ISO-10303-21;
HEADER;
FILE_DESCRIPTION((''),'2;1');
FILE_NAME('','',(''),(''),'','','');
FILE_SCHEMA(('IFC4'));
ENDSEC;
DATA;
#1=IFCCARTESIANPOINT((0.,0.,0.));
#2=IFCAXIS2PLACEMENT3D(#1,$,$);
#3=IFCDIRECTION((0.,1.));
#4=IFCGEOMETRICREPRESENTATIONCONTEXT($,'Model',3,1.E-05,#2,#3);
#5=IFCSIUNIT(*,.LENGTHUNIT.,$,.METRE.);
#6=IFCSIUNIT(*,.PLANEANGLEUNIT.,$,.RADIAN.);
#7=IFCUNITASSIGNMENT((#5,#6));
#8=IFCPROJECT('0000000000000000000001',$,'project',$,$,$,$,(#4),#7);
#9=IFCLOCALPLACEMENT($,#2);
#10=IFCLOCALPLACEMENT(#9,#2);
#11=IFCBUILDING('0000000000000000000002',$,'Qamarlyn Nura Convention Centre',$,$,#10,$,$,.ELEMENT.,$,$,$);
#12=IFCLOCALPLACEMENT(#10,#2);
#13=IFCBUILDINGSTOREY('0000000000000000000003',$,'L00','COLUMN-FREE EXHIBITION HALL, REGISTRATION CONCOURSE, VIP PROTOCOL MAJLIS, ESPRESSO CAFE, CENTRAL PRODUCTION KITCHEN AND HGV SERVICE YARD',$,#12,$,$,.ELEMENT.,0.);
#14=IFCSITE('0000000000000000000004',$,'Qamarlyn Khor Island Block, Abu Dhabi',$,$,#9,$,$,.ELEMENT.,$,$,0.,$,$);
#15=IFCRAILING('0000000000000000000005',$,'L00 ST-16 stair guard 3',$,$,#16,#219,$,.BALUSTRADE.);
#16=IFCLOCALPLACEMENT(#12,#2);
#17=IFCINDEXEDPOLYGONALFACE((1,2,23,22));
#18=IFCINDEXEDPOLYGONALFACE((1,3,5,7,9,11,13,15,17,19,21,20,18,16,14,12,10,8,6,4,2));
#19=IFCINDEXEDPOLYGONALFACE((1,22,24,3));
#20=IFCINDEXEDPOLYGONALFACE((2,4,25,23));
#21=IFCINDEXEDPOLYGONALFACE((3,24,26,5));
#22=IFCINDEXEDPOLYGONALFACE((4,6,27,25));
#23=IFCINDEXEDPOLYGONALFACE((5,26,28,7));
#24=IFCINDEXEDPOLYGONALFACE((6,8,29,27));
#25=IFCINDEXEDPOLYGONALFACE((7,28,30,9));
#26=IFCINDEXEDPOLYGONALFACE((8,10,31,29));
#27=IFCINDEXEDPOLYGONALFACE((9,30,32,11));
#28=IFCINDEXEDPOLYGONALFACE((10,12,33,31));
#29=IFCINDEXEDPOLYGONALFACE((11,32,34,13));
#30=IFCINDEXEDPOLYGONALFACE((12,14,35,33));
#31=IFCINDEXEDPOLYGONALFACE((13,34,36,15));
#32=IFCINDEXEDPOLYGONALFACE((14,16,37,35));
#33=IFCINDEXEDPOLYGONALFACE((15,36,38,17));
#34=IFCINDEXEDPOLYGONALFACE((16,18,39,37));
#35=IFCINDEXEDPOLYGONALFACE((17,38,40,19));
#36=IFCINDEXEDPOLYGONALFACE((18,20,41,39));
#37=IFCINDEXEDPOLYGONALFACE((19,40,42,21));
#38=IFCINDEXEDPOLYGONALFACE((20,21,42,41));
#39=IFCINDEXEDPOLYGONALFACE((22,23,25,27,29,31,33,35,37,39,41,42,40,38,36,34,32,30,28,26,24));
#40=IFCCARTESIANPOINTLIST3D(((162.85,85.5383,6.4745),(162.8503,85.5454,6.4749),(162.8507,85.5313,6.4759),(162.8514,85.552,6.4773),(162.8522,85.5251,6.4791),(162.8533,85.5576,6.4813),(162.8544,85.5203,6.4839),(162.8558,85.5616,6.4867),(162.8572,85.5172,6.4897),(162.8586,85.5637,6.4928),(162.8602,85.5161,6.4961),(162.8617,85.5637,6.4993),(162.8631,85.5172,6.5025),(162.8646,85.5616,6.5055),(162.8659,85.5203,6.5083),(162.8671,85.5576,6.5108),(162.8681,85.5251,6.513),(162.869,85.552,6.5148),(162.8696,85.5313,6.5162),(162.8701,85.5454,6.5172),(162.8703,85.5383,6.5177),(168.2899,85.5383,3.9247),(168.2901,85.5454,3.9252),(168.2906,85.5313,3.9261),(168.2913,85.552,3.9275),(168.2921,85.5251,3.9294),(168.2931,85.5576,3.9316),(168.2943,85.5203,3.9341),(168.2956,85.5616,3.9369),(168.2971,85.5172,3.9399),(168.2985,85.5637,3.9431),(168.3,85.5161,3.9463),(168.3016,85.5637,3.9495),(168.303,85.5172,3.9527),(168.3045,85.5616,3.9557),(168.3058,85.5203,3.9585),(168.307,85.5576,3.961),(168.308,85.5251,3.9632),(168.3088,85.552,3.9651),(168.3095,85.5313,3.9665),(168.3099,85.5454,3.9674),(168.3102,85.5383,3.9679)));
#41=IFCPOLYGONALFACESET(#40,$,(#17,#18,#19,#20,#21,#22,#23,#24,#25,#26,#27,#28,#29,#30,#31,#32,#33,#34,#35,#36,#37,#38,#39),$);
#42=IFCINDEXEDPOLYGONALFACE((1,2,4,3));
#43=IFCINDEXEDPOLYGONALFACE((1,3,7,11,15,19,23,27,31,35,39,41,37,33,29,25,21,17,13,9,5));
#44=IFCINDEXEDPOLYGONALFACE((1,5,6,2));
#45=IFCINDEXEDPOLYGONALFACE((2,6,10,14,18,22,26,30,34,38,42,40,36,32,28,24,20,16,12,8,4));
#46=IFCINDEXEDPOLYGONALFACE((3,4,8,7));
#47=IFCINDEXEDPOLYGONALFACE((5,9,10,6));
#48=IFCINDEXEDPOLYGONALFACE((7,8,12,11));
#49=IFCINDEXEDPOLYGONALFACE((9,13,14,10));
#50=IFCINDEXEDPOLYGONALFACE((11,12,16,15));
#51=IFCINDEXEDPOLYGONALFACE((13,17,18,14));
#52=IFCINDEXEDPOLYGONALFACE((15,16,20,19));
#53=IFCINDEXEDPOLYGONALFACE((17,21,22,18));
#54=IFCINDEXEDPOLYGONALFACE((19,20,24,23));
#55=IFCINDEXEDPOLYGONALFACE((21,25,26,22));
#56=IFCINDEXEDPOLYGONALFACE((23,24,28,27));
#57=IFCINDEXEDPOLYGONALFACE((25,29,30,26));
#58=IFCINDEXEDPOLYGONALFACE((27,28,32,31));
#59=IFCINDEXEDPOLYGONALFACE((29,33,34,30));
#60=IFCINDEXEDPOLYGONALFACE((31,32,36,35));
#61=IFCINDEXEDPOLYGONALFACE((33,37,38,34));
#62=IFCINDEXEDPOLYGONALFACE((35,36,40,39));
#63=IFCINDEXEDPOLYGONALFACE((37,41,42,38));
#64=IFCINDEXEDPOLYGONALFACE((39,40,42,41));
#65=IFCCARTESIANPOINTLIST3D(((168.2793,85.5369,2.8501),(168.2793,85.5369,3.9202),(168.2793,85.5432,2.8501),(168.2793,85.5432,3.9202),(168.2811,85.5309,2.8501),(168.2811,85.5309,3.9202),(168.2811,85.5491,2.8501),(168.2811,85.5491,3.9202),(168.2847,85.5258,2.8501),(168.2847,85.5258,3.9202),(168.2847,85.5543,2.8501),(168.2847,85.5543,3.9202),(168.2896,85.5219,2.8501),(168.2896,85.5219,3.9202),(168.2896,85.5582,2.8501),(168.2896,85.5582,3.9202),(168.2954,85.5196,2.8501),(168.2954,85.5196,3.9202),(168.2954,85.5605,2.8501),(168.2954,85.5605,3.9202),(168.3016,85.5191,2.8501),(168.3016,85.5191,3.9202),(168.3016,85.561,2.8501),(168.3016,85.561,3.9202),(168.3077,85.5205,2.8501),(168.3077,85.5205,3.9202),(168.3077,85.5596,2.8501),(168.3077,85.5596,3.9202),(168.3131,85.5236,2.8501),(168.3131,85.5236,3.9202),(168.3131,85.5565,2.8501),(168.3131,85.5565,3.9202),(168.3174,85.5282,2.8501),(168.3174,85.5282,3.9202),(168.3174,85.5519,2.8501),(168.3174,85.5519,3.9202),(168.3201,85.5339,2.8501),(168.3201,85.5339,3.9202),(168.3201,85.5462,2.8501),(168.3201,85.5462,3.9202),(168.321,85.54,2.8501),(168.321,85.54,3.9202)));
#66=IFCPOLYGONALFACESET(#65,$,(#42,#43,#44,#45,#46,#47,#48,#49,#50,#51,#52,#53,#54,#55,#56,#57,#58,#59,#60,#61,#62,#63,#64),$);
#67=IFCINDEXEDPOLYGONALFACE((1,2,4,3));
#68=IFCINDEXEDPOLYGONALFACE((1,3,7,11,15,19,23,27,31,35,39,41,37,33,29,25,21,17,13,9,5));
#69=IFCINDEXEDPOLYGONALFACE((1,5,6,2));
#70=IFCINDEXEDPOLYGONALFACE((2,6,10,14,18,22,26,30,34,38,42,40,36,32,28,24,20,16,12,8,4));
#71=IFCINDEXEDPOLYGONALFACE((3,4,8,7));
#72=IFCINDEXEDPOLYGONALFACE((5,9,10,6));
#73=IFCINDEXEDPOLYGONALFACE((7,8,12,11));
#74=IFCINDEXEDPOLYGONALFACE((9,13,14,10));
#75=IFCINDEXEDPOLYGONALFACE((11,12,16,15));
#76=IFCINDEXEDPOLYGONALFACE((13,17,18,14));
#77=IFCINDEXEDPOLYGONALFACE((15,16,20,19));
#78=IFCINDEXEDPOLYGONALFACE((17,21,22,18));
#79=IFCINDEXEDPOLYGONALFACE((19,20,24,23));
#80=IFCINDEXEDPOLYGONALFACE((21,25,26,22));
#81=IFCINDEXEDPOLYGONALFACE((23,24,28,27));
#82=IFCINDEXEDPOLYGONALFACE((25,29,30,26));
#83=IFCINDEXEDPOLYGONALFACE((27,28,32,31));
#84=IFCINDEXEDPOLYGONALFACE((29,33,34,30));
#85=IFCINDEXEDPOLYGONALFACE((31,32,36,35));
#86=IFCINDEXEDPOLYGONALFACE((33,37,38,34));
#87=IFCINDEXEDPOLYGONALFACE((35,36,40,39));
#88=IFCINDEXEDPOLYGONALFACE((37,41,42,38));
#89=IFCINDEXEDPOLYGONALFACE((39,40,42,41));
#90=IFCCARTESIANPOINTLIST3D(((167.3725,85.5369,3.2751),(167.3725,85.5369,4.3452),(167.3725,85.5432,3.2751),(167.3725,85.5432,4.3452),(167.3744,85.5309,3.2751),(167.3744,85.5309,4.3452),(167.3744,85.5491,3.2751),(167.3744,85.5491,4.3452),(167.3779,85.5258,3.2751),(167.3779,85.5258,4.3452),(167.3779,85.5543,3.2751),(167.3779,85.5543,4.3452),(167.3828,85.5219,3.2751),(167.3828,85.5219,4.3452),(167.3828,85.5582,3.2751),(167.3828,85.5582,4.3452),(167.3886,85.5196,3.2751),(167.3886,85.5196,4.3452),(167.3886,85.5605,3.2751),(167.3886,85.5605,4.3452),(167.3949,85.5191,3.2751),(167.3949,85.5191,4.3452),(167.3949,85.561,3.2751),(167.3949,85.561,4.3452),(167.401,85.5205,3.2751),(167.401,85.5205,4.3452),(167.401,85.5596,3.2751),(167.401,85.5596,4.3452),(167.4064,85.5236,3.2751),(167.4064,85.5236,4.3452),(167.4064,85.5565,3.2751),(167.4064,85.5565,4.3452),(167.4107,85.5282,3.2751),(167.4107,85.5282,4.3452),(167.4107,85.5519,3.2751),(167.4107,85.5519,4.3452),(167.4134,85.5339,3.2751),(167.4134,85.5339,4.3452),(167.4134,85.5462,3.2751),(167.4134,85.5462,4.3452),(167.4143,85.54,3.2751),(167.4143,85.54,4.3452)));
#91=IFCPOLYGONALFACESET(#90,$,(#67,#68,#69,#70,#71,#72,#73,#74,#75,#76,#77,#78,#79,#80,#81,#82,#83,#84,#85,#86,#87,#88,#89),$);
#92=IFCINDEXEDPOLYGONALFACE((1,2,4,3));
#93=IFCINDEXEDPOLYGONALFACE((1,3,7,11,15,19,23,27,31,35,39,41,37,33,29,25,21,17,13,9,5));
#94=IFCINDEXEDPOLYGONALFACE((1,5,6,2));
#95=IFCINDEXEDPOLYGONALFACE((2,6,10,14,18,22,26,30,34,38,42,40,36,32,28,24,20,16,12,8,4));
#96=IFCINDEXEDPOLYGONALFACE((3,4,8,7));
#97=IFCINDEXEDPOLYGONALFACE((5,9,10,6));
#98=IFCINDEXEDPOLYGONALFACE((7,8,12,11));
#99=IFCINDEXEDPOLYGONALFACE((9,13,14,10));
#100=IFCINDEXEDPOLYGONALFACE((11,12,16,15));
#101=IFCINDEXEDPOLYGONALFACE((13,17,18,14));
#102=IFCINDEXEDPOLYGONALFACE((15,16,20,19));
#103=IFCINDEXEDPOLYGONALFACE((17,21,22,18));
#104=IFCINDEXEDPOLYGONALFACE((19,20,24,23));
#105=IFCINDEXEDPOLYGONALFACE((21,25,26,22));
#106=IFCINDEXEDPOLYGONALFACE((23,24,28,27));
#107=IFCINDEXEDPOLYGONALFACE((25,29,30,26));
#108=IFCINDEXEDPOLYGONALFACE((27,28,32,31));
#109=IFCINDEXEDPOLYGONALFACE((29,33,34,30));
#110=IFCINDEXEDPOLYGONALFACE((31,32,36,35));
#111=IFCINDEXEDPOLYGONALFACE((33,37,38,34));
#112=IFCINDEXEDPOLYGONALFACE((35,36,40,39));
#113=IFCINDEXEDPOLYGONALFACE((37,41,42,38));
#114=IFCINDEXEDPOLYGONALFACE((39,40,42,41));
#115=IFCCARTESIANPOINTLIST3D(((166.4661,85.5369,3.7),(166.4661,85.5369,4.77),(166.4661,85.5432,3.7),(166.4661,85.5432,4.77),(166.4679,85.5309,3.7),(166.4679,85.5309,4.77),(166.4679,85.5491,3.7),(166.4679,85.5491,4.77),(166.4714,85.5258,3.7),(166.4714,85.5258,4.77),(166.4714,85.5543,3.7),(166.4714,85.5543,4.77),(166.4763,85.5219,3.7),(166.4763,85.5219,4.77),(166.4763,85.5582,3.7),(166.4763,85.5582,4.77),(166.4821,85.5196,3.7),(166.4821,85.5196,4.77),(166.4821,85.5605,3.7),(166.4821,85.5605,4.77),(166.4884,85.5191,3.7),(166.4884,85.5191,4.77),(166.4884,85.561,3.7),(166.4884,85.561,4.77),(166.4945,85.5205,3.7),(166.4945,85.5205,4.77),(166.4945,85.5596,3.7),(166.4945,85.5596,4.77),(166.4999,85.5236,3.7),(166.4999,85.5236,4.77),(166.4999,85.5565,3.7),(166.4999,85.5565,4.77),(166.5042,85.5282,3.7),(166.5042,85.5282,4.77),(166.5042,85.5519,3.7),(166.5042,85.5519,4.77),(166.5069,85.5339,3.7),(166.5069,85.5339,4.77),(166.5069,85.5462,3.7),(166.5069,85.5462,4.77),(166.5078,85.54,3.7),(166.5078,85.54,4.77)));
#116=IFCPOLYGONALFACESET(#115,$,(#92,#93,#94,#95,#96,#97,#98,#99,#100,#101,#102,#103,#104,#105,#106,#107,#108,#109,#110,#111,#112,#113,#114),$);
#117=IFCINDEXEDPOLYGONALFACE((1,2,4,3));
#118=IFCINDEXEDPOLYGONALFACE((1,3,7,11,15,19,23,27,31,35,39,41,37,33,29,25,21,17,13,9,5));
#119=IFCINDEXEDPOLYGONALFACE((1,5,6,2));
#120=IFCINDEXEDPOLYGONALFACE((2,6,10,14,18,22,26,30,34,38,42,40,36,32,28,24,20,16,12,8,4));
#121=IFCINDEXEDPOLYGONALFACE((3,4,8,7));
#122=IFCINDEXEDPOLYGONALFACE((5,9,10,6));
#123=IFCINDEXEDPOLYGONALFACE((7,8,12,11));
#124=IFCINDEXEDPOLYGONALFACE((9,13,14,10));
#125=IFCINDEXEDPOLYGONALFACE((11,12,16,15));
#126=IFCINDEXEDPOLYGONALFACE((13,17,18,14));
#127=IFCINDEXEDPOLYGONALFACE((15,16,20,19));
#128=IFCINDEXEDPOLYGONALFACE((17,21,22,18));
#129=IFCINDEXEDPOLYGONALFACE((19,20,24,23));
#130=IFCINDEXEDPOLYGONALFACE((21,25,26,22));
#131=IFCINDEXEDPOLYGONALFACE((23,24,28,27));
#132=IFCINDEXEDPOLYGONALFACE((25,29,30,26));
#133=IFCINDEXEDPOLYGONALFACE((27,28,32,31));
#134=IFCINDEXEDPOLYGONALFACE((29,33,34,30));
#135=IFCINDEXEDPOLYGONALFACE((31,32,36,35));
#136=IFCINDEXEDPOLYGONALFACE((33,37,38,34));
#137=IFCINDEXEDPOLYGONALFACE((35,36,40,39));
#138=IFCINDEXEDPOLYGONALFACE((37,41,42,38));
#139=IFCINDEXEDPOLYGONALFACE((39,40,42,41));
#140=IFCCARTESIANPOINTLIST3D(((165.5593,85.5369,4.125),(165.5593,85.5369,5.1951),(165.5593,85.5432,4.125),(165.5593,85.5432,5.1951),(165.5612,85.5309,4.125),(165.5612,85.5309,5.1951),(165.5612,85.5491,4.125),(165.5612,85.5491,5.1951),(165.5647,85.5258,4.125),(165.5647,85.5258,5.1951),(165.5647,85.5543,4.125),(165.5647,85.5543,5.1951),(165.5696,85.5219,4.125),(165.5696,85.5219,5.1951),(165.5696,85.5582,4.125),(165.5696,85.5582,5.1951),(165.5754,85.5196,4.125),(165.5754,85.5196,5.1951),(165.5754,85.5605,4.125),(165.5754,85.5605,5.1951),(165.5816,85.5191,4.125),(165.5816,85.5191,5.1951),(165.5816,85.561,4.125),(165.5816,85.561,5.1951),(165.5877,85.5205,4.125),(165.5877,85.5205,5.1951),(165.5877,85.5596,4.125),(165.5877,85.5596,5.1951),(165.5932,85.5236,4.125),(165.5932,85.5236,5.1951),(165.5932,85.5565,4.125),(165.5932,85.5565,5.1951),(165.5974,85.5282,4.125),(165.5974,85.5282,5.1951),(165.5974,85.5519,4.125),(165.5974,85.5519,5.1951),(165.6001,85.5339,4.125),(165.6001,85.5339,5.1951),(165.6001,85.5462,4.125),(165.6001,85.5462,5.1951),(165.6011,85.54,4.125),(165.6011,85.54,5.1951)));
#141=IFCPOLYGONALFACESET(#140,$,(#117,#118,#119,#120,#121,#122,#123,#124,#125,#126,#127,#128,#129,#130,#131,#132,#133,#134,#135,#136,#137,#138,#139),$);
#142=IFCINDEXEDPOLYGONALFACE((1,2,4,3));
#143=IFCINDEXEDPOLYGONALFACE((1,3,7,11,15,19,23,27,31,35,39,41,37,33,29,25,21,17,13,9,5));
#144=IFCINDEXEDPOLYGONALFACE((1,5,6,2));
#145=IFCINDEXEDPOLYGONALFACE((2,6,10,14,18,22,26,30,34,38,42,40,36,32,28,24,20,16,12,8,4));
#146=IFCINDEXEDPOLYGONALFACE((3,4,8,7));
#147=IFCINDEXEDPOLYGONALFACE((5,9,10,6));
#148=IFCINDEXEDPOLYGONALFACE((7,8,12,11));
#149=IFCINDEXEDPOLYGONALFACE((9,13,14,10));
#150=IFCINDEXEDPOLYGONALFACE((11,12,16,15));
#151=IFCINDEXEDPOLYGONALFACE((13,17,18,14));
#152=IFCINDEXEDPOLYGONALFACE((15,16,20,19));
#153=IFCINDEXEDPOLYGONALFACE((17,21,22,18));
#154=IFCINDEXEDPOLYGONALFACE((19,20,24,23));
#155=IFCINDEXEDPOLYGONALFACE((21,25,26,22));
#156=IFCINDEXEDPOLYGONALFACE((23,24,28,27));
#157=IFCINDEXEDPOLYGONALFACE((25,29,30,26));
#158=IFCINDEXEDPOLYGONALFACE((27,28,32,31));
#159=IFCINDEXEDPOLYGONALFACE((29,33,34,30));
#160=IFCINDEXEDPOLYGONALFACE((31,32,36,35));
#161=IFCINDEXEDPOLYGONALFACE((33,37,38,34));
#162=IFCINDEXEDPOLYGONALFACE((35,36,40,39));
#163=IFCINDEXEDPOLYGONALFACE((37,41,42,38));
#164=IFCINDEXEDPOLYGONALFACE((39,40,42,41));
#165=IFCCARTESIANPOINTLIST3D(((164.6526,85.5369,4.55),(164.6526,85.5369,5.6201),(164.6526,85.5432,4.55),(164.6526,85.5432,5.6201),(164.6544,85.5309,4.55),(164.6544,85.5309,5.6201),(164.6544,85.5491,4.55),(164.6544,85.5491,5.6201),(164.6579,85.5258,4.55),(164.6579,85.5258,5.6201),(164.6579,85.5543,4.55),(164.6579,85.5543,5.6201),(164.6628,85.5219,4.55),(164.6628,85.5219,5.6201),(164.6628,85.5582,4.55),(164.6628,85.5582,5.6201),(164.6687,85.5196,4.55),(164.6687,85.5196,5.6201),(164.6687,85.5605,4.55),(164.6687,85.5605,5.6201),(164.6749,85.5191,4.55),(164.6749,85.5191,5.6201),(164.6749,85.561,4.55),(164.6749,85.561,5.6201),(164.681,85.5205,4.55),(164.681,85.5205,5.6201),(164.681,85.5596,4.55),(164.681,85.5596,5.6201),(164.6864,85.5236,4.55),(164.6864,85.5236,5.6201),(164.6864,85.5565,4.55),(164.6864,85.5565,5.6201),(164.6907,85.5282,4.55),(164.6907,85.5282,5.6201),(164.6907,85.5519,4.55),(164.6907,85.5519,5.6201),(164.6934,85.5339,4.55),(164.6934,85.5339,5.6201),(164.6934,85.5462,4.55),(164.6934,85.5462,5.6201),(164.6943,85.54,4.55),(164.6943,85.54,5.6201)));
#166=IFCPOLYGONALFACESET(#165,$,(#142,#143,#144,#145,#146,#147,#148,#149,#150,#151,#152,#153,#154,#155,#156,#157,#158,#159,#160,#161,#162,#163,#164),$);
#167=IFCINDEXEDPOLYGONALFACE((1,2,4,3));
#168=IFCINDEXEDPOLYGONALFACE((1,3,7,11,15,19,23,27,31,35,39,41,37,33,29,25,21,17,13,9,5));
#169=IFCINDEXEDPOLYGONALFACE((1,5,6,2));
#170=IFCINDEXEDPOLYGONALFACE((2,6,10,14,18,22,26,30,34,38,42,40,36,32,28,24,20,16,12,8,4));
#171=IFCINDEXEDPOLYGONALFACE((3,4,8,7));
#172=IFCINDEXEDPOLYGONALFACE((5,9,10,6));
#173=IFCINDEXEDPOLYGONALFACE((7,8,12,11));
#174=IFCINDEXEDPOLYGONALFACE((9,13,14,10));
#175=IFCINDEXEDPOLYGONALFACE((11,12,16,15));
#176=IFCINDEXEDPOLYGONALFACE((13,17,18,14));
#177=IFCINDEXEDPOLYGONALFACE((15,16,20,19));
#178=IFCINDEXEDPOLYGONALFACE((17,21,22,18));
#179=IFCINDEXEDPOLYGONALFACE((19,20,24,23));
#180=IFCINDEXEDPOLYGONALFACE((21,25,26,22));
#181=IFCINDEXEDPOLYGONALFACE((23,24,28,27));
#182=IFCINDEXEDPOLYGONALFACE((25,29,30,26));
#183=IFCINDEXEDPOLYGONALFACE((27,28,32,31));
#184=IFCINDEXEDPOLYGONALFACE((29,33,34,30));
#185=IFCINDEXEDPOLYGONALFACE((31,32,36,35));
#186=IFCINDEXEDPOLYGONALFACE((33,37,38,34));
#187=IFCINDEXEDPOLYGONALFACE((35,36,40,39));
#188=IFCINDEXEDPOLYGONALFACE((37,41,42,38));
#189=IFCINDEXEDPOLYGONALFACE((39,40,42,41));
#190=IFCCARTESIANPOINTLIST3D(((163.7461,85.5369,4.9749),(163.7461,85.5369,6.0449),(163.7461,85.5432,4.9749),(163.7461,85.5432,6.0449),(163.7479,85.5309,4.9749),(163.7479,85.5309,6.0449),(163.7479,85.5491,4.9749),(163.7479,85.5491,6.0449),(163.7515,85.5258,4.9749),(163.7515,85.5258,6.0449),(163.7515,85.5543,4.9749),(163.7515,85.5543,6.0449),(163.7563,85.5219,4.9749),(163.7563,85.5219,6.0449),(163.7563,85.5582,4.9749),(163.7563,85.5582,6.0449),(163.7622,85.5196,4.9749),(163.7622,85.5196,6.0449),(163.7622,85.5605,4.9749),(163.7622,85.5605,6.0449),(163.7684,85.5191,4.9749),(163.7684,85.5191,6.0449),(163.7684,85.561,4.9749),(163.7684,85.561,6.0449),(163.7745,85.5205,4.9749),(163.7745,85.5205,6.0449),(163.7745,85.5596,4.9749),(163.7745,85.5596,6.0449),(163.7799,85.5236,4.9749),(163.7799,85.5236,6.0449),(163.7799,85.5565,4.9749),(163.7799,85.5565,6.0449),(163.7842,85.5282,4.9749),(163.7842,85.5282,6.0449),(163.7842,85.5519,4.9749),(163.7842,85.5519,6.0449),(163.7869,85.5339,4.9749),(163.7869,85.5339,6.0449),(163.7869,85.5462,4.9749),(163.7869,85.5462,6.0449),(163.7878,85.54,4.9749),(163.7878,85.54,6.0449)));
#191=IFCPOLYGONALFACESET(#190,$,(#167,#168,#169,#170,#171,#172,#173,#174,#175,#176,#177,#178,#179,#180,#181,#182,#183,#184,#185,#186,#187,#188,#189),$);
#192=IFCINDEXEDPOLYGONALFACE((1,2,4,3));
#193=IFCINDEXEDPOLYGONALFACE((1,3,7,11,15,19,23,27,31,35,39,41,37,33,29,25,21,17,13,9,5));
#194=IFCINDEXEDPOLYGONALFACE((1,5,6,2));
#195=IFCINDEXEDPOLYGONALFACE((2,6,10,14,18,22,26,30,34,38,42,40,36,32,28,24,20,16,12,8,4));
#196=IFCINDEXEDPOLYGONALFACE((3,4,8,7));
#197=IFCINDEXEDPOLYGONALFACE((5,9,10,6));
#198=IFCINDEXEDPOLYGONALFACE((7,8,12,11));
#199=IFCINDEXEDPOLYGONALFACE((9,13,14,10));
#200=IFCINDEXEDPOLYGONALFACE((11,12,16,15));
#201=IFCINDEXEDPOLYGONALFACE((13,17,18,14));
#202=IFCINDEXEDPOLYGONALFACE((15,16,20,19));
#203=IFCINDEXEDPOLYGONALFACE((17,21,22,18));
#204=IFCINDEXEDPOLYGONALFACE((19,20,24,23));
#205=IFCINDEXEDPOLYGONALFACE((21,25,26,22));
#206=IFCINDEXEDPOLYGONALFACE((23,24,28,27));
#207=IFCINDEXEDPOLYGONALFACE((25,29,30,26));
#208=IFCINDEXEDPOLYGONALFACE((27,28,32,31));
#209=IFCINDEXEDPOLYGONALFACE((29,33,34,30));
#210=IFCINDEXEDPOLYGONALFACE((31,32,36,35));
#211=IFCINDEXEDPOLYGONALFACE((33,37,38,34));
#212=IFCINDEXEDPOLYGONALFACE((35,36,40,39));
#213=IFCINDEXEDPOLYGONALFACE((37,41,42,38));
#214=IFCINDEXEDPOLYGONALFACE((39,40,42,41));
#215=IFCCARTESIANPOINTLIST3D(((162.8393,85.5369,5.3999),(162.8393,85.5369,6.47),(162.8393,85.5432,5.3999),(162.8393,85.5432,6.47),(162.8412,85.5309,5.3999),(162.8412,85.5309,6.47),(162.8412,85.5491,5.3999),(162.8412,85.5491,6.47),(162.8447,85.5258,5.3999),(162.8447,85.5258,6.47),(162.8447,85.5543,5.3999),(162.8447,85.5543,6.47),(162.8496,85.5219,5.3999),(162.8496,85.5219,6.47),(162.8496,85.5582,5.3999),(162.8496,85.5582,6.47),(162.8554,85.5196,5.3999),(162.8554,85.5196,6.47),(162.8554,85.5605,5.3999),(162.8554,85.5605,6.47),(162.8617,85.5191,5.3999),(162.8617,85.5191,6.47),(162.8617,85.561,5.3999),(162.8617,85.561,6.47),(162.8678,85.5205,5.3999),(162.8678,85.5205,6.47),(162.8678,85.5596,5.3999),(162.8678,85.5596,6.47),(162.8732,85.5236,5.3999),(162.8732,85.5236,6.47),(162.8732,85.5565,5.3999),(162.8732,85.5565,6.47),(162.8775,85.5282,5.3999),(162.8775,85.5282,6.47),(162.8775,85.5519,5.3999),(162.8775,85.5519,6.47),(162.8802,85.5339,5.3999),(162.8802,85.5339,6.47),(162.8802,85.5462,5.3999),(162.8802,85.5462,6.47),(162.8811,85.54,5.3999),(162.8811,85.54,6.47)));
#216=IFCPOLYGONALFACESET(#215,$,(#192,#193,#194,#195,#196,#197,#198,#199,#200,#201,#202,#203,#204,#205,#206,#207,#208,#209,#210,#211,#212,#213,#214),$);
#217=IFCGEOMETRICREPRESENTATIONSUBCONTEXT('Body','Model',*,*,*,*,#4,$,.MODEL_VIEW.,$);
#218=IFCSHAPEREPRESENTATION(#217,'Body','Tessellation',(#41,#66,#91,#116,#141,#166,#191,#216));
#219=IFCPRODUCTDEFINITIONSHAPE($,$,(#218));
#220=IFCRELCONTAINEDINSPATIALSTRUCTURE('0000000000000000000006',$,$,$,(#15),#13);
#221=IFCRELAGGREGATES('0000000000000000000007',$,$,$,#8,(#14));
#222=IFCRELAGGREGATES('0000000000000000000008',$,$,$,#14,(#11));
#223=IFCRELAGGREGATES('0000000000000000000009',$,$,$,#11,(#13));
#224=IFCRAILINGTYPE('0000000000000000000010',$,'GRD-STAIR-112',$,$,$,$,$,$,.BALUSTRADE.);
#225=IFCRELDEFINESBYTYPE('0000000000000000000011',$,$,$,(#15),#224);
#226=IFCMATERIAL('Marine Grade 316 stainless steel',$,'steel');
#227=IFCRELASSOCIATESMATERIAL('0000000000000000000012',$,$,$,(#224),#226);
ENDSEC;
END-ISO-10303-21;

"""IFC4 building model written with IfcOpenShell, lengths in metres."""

from ifc_helpers import new_model, si_unit, direction, frame, origin, origin_2d, place, context, subcontext, project, spatial, circle, extrude, material, type_object, element, save


model = new_model("IFC4")

# Units and contexts
model_context = context("Model", 3, precision=1e-05, world=origin(), true_north=direction((0.0, 1.0)))
body_context = subcontext(model_context, "Body", "Model", "MODEL_VIEW")
ifc_project = project(units=[si_unit("LENGTHUNIT", "METRE"), si_unit("PLANEANGLEUNIT", "RADIAN")], contexts=[model_context])

# Site, building, storey
site_placement = place(None, origin())
site = spatial("IfcSite", under=ifc_project, at=site_placement, Name="Qamarlyn Khor Island Block, Abu Dhabi", CompositionType="ELEMENT", RefElevation=0.0)
building_placement = place(site_placement, origin())
building = spatial("IfcBuilding", under=site, at=building_placement, Name="Qamarlyn Nura Convention Centre", CompositionType="ELEMENT")
storey_placement = place(building_placement, origin())
storey = spatial("IfcBuildingStorey", under=building, at=storey_placement, Name="L00", Description="COLUMN-FREE EXHIBITION HALL, REGISTRATION CONCOURSE, VIP PROTOCOL MAJLIS, ESPRESSO CAFE, CENTRAL PRODUCTION KITCHEN AND HGV SERVICE YARD", CompositionType="ELEMENT", Elevation=0.0)

# Railing
ifc_material_1 = material(Name="Marine Grade 316 stainless steel", Category="steel")
railing_type_1 = type_object("IfcRailingType", Name="GRD-STAIR-112", PredefinedType="BALUSTRADE", material=ifc_material_1)
railing_1_placement = place(storey_placement, frame((168.3, 85.54, 2.8501)))
element("IfcRailing", 1, at=railing_1_placement, inside=storey, type_object=railing_type_1, Name="L00 ST-16 stair guard 3", PredefinedType="BALUSTRADE", context=body_context, shape_type="SweptSolid", body=[
    extrude(circle(Radius=0.0239, at=origin_2d()), frame((0.0, 0.0, 1.0962), z_axis=(-0.90547, 0.0, 0.424411), x_axis=(0.0, -1.0, 0.0)), (0.0, 0.0, 1.0), 6.0078),
    extrude(circle(Radius=0.021, at=origin_2d()), origin(), (0.0, 0.0, 1.0), 1.0701),
    extrude(circle(Radius=0.021, at=origin_2d()), frame((-0.9067, 0.0, 0.425)), (0.0, 0.0, 1.0), 1.0701),
    extrude(circle(Radius=0.021, at=origin_2d()), frame((-1.8132, 0.0, 0.8499)), (0.0, 0.0, 1.0), 1.0701),
    extrude(circle(Radius=0.021, at=origin_2d()), frame((-2.72, 0.0, 1.2749)), (0.0, 0.0, 1.0), 1.0701),
    extrude(circle(Radius=0.021, at=origin_2d()), frame((-3.6267, 0.0, 1.7)), (0.0, 0.0, 1.0), 1.0701),
    extrude(circle(Radius=0.021, at=origin_2d()), frame((-4.5332, 0.0, 2.1248)), (0.0, 0.0, 1.0), 1.0701),
    extrude(circle(Radius=0.021, at=origin_2d()), frame((-5.4399, 0.0, 2.5498)), (0.0, 0.0, 1.0), 1.0701),
])

save(model, "model.ifc")
